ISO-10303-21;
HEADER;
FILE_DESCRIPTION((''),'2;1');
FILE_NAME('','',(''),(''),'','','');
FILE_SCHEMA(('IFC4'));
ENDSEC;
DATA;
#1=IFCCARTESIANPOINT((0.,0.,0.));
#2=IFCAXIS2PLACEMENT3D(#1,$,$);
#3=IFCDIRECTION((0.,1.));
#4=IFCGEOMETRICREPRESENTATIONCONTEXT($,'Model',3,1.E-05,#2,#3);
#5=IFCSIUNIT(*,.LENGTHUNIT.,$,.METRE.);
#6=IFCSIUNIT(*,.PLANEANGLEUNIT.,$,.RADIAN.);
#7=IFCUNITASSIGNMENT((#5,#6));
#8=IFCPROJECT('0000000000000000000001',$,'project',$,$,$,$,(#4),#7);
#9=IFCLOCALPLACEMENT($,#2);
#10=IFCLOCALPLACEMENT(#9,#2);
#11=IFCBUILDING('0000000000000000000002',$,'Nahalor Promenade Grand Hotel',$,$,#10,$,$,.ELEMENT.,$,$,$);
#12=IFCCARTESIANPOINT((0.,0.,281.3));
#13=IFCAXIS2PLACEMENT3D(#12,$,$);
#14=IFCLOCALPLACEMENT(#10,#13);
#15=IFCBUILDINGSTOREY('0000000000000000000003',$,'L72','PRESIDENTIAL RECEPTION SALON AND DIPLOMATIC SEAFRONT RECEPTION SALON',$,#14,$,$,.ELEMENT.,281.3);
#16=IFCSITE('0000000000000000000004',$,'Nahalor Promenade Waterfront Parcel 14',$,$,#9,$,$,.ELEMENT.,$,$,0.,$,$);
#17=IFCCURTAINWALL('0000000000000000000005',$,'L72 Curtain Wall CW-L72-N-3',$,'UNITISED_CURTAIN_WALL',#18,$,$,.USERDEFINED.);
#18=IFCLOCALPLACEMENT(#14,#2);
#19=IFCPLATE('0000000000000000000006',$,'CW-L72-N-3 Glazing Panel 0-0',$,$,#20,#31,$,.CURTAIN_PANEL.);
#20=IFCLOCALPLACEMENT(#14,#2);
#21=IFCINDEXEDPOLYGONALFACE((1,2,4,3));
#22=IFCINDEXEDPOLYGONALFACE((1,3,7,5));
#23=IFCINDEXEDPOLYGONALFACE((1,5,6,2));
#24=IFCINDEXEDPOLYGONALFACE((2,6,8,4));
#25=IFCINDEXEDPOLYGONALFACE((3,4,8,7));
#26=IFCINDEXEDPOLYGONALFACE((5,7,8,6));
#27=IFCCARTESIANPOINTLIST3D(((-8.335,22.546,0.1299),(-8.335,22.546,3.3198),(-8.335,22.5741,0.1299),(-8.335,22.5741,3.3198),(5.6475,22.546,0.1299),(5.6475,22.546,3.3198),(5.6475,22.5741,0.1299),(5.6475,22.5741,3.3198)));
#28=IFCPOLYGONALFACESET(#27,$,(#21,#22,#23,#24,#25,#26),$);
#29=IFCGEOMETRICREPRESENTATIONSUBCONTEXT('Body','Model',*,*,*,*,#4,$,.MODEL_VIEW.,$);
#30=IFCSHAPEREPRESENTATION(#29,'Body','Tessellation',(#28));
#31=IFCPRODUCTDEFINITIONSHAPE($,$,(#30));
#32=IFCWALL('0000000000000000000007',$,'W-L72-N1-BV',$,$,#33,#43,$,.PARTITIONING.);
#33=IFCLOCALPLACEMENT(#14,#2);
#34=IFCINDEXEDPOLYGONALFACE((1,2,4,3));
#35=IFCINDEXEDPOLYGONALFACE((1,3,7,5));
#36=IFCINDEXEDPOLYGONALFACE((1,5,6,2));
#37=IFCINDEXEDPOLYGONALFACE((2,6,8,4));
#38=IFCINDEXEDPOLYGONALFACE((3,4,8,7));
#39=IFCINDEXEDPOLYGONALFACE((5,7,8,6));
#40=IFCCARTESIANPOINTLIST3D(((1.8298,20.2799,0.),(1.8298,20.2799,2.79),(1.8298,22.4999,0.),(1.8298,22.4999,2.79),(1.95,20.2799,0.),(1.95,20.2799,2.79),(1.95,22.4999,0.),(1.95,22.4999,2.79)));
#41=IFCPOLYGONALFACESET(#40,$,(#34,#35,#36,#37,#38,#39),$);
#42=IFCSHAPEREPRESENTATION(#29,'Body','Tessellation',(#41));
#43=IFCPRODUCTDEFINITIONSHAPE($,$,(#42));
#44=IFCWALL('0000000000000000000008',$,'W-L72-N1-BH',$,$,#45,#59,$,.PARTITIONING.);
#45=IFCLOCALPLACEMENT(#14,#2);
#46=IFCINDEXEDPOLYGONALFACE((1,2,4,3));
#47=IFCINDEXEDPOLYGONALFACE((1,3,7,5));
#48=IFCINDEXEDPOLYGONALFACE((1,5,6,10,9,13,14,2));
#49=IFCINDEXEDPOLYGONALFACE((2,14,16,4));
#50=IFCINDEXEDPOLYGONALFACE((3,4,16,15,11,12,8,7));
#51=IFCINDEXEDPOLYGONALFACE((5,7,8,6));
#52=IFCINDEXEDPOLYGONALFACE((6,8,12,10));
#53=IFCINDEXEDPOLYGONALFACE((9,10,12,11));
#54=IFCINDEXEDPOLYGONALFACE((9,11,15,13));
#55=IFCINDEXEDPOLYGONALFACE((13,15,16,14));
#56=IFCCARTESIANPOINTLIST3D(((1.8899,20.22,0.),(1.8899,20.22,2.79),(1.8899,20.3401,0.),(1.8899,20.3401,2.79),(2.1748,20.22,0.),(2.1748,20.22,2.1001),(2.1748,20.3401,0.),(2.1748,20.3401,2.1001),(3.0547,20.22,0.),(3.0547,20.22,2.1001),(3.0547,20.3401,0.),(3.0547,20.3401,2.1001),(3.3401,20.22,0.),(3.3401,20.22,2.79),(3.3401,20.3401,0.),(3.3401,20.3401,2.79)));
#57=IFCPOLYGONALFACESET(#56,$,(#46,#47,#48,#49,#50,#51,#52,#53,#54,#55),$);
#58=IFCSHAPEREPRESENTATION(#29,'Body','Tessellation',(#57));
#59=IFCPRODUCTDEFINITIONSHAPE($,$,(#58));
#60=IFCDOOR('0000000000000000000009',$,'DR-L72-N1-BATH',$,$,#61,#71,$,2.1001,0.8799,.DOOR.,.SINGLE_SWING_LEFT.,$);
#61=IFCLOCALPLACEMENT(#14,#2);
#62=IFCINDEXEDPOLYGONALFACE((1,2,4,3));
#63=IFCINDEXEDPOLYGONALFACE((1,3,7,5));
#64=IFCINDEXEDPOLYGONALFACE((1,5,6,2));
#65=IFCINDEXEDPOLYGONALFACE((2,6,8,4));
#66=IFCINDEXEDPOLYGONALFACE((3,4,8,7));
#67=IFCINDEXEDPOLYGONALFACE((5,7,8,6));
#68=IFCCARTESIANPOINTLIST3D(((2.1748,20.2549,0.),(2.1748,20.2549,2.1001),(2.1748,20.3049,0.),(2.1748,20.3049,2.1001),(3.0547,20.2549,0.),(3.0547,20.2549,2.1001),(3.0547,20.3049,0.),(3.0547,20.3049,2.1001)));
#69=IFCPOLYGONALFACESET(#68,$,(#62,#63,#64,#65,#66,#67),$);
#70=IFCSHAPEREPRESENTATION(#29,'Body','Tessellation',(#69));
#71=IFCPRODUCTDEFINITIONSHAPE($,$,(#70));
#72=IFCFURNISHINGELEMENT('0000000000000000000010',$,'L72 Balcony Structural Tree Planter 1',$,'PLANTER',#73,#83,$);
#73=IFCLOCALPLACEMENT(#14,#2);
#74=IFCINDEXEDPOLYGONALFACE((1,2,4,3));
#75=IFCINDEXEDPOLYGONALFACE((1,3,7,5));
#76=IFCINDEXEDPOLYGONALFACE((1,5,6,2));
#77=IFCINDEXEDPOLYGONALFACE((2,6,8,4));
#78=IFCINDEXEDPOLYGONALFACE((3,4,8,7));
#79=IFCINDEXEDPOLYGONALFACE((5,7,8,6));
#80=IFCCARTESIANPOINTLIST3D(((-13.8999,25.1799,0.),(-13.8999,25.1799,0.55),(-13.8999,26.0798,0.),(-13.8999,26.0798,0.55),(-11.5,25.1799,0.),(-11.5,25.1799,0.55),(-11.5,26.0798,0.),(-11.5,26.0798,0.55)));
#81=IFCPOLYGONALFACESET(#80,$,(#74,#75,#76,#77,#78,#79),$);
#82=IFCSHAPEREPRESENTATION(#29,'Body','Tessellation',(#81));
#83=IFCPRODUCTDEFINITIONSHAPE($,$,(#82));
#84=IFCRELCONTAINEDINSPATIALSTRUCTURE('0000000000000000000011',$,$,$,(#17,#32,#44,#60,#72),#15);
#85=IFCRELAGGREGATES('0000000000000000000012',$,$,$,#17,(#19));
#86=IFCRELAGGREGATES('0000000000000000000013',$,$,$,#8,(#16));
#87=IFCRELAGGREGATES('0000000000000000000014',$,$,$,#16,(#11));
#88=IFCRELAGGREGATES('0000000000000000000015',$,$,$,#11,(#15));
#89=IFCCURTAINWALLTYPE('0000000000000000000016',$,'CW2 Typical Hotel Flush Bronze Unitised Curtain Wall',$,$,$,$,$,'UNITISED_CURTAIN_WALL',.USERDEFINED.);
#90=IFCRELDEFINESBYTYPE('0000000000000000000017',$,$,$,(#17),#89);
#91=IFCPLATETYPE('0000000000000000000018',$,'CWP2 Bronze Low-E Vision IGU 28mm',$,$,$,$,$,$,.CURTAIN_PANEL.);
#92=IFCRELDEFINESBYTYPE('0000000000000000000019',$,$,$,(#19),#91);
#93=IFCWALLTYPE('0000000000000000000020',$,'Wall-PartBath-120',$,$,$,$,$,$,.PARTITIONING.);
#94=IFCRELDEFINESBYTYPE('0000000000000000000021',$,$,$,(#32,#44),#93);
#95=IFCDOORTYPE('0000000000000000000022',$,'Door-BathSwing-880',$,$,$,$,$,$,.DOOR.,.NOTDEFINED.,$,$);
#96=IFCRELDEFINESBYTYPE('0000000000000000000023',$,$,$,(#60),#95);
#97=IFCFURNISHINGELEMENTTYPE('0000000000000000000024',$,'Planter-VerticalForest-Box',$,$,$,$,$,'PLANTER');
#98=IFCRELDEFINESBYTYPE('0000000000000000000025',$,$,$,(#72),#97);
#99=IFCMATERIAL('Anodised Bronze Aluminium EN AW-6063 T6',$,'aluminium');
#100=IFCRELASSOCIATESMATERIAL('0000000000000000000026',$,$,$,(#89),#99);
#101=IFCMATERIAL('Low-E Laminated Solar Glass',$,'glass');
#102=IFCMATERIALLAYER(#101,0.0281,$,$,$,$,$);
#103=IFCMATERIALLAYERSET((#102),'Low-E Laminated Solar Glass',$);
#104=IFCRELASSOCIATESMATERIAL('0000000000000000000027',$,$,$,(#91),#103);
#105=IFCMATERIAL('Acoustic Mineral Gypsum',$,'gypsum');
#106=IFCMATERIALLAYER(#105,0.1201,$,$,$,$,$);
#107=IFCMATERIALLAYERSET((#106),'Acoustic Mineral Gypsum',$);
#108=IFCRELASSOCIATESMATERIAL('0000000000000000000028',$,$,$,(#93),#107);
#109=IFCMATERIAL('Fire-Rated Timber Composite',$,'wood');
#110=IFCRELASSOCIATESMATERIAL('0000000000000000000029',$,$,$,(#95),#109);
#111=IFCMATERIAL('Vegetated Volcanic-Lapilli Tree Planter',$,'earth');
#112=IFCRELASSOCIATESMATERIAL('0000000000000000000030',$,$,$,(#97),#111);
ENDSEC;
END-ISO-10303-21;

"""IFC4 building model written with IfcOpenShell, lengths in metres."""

from ifc_helpers import new_model, si_unit, direction, frame, frame_2d, origin, origin_2d, place, context, subcontext, project, spatial, rectangle, extrude, source, transform, mapped, material, layer, layer_set, type_object, element, fill, aggregate, save


model = new_model("IFC4")

# Units and contexts
model_context = context("Model", 3, precision=1e-05, world=origin(), true_north=direction((0.0, 1.0)))
body_context = subcontext(model_context, "Body", "Model", "MODEL_VIEW")
ifc_project = project(units=[si_unit("LENGTHUNIT", "METRE"), si_unit("PLANEANGLEUNIT", "RADIAN")], contexts=[model_context])

# Site, building, storey
site_placement = place(None, origin())
site = spatial("IfcSite", under=ifc_project, at=site_placement, Name="Nahalor Promenade Waterfront Parcel 14", CompositionType="ELEMENT", RefElevation=0.0)
building_placement = place(site_placement, origin())
building = spatial("IfcBuilding", under=site, at=building_placement, Name="Nahalor Promenade Grand Hotel", CompositionType="ELEMENT")
storey_placement = place(building_placement, frame((0.0, 0.0, 281.3)))
storey = spatial("IfcBuildingStorey", under=building, at=storey_placement, Name="L72", Description="PRESIDENTIAL RECEPTION SALON AND DIPLOMATIC SEAFRONT RECEPTION SALON", CompositionType="ELEMENT", Elevation=281.3)

# Curtain wall, plate
ifc_material_1 = material(Name="Anodised Bronze Aluminium EN AW-6063 T6", Category="aluminium")
curtain_wall_type = type_object("IfcCurtainWallType", Name="CW2 Typical Hotel Flush Bronze Unitised Curtain Wall", ElementType="UNITISED_CURTAIN_WALL", PredefinedType="USERDEFINED", material=ifc_material_1)
curtain_wall_placement = place(storey_placement, origin())
curtain_wall = element("IfcCurtainWall", 1, at=curtain_wall_placement, inside=storey, type_object=curtain_wall_type, Name="L72 Curtain Wall CW-L72-N-3", ObjectType="UNITISED_CURTAIN_WALL", PredefinedType="USERDEFINED")
ifc_material_2 = material(Name="Low-E Laminated Solar Glass", Category="glass")
ifc_layer_1 = layer(ifc_material_2, 0.0281)
ifc_layer_set_1 = layer_set([ifc_layer_1], Name="Low-E Laminated Solar Glass")
plate_type = type_object("IfcPlateType", Name="CWP2 Bronze Low-E Vision IGU 28mm", PredefinedType="CURTAIN_PANEL", material=ifc_layer_set_1)
shared_shape_1 = source(origin(), body_context, "Body", "SweptSolid", [
    extrude(rectangle(XDim=13.9824, YDim=0.0281, at=origin_2d()), origin(), (0.0, 0.0, 1.0), 3.1899),
])
plate_placement = place(storey_placement, frame((-1.3438, 22.5601, 0.1299), z_axis=(0.0, 0.0, 1.0), x_axis=(1.0, 0.0, 0.0)))
plate = element("IfcPlate", 2, at=plate_placement, type_object=plate_type, Name="CW-L72-N-3 Glazing Panel 0-0", PredefinedType="CURTAIN_PANEL", context=body_context, shape_type="MappedRepresentation", body=[
    mapped(shared_shape_1, transform((0.0, 0.0, 0.0), scale=1.0)),
])
aggregate(curtain_wall, [plate])

# Wall
ifc_material_3 = material(Name="Acoustic Mineral Gypsum", Category="gypsum")
ifc_layer_2 = layer(ifc_material_3, 0.1201)
ifc_layer_set_2 = layer_set([ifc_layer_2], Name="Acoustic Mineral Gypsum")
wall_type = type_object("IfcWallType", Name="Wall-PartBath-120", PredefinedType="PARTITIONING", material=ifc_layer_set_2)
shared_shape_2 = source(origin(), body_context, "Body", "SweptSolid", [
    extrude(rectangle(XDim=2.22, YDim=0.1201, at=frame_2d((1.1099, 0.0))), origin(), (0.0, 0.0, 1.0), 2.79),
])
wall_1_placement = place(storey_placement, frame((1.8899, 20.28, 0.0), z_axis=(0.0, 0.0, 1.0), x_axis=(0.0, 1.0, 0.0)))
element("IfcWall", 3, at=wall_1_placement, inside=storey, type_object=wall_type, Name="W-L72-N1-BV", PredefinedType="PARTITIONING", context=body_context, shape_type="MappedRepresentation", body=[
    mapped(shared_shape_2, transform((0.0, 0.0, 0.0), scale=1.0)),
])

# Wall, opening, door
shared_shape_3 = source(origin(), body_context, "Body", "SweptSolid", [
    extrude(rectangle(XDim=1.4502, YDim=0.1201, at=frame_2d((0.7251, 0.0))), origin(), (0.0, 0.0, 1.0), 2.79),
])
wall_2_placement = place(storey_placement, frame((1.8899, 20.28, 0.0), z_axis=(0.0, 0.0, 1.0), x_axis=(1.0, 0.0, 0.0)))
wall_2 = element("IfcWall", 4, at=wall_2_placement, inside=storey, type_object=wall_type, Name="W-L72-N1-BH", PredefinedType="PARTITIONING", context=body_context, shape_type="MappedRepresentation", body=[
    mapped(shared_shape_3, transform((0.0, 0.0, 0.0), scale=1.0)),
])
opening_placement = place(wall_2_placement, frame((0.2849, 0.0, 0.0)))
opening = element("IfcOpeningElement", 5, at=opening_placement, cuts=wall_2, PredefinedType="OPENING", context=body_context, shape_type="SweptSolid", body=[
    extrude(rectangle(XDim=0.8799, YDim=2.1001, at=frame_2d((0.4399, 1.05))), frame((0.0, 0.0701, 0.0), z_axis=(0.0, -1.0, 0.0), x_axis=(1.0, 0.0, 0.0)), (0.0, 0.0, 1.0), 0.1401),
])
ifc_material_4 = material(Name="Fire-Rated Timber Composite", Category="wood")
door_type = type_object("IfcDoorType", Name="Door-BathSwing-880", OperationType="NOTDEFINED", PredefinedType="DOOR", material=ifc_material_4)
shared_shape_4 = source(origin(), body_context, "Body", "SweptSolid", [
    extrude(rectangle(XDim=0.8799, YDim=2.1001, at=frame_2d((0.4399, 1.05))), frame((0.0, 0.0249, 0.0), z_axis=(0.0, -1.0, 0.0), x_axis=(1.0, 0.0, 0.0)), (0.0, 0.0, 1.0), 0.05),
])
door_placement = place(opening_placement, origin())
door = element("IfcDoor", 6, at=door_placement, inside=storey, type_object=door_type, Name="DR-L72-N1-BATH", OperationType="SINGLE_SWING_LEFT", OverallHeight=2.1001, OverallWidth=0.8799, PredefinedType="DOOR", context=body_context, shape_type="MappedRepresentation", body=[
    mapped(shared_shape_4, transform((0.0, 0.0, 0.0), scale=1.0)),
])
fill(opening, door)

# Furnishing element
ifc_material_5 = material(Name="Vegetated Volcanic-Lapilli Tree Planter", Category="earth")
furnishing_element_type = type_object("IfcFurnishingElementType", Name="Planter-VerticalForest-Box", ElementType="PLANTER", material=ifc_material_5)
shared_shape_5 = source(origin(), body_context, "Body", "SweptSolid", [
    extrude(rectangle(XDim=2.3999, YDim=0.8999, at=origin_2d()), origin(), (0.0, 0.0, 1.0), 0.55),
])
furnishing_placement = place(storey_placement, frame((-12.7, 25.6299, 0.0), z_axis=(0.0, 0.0, 1.0), x_axis=(1.0, 0.0, 0.0)))
element("IfcFurnishingElement", 7, at=furnishing_placement, inside=storey, type_object=furnishing_element_type, Name="L72 Balcony Structural Tree Planter 1", ObjectType="PLANTER", context=body_context, shape_type="MappedRepresentation", body=[
    mapped(shared_shape_5, transform((0.0, 0.0, 0.0), scale=1.0)),
])

save(model, "model.ifc")
